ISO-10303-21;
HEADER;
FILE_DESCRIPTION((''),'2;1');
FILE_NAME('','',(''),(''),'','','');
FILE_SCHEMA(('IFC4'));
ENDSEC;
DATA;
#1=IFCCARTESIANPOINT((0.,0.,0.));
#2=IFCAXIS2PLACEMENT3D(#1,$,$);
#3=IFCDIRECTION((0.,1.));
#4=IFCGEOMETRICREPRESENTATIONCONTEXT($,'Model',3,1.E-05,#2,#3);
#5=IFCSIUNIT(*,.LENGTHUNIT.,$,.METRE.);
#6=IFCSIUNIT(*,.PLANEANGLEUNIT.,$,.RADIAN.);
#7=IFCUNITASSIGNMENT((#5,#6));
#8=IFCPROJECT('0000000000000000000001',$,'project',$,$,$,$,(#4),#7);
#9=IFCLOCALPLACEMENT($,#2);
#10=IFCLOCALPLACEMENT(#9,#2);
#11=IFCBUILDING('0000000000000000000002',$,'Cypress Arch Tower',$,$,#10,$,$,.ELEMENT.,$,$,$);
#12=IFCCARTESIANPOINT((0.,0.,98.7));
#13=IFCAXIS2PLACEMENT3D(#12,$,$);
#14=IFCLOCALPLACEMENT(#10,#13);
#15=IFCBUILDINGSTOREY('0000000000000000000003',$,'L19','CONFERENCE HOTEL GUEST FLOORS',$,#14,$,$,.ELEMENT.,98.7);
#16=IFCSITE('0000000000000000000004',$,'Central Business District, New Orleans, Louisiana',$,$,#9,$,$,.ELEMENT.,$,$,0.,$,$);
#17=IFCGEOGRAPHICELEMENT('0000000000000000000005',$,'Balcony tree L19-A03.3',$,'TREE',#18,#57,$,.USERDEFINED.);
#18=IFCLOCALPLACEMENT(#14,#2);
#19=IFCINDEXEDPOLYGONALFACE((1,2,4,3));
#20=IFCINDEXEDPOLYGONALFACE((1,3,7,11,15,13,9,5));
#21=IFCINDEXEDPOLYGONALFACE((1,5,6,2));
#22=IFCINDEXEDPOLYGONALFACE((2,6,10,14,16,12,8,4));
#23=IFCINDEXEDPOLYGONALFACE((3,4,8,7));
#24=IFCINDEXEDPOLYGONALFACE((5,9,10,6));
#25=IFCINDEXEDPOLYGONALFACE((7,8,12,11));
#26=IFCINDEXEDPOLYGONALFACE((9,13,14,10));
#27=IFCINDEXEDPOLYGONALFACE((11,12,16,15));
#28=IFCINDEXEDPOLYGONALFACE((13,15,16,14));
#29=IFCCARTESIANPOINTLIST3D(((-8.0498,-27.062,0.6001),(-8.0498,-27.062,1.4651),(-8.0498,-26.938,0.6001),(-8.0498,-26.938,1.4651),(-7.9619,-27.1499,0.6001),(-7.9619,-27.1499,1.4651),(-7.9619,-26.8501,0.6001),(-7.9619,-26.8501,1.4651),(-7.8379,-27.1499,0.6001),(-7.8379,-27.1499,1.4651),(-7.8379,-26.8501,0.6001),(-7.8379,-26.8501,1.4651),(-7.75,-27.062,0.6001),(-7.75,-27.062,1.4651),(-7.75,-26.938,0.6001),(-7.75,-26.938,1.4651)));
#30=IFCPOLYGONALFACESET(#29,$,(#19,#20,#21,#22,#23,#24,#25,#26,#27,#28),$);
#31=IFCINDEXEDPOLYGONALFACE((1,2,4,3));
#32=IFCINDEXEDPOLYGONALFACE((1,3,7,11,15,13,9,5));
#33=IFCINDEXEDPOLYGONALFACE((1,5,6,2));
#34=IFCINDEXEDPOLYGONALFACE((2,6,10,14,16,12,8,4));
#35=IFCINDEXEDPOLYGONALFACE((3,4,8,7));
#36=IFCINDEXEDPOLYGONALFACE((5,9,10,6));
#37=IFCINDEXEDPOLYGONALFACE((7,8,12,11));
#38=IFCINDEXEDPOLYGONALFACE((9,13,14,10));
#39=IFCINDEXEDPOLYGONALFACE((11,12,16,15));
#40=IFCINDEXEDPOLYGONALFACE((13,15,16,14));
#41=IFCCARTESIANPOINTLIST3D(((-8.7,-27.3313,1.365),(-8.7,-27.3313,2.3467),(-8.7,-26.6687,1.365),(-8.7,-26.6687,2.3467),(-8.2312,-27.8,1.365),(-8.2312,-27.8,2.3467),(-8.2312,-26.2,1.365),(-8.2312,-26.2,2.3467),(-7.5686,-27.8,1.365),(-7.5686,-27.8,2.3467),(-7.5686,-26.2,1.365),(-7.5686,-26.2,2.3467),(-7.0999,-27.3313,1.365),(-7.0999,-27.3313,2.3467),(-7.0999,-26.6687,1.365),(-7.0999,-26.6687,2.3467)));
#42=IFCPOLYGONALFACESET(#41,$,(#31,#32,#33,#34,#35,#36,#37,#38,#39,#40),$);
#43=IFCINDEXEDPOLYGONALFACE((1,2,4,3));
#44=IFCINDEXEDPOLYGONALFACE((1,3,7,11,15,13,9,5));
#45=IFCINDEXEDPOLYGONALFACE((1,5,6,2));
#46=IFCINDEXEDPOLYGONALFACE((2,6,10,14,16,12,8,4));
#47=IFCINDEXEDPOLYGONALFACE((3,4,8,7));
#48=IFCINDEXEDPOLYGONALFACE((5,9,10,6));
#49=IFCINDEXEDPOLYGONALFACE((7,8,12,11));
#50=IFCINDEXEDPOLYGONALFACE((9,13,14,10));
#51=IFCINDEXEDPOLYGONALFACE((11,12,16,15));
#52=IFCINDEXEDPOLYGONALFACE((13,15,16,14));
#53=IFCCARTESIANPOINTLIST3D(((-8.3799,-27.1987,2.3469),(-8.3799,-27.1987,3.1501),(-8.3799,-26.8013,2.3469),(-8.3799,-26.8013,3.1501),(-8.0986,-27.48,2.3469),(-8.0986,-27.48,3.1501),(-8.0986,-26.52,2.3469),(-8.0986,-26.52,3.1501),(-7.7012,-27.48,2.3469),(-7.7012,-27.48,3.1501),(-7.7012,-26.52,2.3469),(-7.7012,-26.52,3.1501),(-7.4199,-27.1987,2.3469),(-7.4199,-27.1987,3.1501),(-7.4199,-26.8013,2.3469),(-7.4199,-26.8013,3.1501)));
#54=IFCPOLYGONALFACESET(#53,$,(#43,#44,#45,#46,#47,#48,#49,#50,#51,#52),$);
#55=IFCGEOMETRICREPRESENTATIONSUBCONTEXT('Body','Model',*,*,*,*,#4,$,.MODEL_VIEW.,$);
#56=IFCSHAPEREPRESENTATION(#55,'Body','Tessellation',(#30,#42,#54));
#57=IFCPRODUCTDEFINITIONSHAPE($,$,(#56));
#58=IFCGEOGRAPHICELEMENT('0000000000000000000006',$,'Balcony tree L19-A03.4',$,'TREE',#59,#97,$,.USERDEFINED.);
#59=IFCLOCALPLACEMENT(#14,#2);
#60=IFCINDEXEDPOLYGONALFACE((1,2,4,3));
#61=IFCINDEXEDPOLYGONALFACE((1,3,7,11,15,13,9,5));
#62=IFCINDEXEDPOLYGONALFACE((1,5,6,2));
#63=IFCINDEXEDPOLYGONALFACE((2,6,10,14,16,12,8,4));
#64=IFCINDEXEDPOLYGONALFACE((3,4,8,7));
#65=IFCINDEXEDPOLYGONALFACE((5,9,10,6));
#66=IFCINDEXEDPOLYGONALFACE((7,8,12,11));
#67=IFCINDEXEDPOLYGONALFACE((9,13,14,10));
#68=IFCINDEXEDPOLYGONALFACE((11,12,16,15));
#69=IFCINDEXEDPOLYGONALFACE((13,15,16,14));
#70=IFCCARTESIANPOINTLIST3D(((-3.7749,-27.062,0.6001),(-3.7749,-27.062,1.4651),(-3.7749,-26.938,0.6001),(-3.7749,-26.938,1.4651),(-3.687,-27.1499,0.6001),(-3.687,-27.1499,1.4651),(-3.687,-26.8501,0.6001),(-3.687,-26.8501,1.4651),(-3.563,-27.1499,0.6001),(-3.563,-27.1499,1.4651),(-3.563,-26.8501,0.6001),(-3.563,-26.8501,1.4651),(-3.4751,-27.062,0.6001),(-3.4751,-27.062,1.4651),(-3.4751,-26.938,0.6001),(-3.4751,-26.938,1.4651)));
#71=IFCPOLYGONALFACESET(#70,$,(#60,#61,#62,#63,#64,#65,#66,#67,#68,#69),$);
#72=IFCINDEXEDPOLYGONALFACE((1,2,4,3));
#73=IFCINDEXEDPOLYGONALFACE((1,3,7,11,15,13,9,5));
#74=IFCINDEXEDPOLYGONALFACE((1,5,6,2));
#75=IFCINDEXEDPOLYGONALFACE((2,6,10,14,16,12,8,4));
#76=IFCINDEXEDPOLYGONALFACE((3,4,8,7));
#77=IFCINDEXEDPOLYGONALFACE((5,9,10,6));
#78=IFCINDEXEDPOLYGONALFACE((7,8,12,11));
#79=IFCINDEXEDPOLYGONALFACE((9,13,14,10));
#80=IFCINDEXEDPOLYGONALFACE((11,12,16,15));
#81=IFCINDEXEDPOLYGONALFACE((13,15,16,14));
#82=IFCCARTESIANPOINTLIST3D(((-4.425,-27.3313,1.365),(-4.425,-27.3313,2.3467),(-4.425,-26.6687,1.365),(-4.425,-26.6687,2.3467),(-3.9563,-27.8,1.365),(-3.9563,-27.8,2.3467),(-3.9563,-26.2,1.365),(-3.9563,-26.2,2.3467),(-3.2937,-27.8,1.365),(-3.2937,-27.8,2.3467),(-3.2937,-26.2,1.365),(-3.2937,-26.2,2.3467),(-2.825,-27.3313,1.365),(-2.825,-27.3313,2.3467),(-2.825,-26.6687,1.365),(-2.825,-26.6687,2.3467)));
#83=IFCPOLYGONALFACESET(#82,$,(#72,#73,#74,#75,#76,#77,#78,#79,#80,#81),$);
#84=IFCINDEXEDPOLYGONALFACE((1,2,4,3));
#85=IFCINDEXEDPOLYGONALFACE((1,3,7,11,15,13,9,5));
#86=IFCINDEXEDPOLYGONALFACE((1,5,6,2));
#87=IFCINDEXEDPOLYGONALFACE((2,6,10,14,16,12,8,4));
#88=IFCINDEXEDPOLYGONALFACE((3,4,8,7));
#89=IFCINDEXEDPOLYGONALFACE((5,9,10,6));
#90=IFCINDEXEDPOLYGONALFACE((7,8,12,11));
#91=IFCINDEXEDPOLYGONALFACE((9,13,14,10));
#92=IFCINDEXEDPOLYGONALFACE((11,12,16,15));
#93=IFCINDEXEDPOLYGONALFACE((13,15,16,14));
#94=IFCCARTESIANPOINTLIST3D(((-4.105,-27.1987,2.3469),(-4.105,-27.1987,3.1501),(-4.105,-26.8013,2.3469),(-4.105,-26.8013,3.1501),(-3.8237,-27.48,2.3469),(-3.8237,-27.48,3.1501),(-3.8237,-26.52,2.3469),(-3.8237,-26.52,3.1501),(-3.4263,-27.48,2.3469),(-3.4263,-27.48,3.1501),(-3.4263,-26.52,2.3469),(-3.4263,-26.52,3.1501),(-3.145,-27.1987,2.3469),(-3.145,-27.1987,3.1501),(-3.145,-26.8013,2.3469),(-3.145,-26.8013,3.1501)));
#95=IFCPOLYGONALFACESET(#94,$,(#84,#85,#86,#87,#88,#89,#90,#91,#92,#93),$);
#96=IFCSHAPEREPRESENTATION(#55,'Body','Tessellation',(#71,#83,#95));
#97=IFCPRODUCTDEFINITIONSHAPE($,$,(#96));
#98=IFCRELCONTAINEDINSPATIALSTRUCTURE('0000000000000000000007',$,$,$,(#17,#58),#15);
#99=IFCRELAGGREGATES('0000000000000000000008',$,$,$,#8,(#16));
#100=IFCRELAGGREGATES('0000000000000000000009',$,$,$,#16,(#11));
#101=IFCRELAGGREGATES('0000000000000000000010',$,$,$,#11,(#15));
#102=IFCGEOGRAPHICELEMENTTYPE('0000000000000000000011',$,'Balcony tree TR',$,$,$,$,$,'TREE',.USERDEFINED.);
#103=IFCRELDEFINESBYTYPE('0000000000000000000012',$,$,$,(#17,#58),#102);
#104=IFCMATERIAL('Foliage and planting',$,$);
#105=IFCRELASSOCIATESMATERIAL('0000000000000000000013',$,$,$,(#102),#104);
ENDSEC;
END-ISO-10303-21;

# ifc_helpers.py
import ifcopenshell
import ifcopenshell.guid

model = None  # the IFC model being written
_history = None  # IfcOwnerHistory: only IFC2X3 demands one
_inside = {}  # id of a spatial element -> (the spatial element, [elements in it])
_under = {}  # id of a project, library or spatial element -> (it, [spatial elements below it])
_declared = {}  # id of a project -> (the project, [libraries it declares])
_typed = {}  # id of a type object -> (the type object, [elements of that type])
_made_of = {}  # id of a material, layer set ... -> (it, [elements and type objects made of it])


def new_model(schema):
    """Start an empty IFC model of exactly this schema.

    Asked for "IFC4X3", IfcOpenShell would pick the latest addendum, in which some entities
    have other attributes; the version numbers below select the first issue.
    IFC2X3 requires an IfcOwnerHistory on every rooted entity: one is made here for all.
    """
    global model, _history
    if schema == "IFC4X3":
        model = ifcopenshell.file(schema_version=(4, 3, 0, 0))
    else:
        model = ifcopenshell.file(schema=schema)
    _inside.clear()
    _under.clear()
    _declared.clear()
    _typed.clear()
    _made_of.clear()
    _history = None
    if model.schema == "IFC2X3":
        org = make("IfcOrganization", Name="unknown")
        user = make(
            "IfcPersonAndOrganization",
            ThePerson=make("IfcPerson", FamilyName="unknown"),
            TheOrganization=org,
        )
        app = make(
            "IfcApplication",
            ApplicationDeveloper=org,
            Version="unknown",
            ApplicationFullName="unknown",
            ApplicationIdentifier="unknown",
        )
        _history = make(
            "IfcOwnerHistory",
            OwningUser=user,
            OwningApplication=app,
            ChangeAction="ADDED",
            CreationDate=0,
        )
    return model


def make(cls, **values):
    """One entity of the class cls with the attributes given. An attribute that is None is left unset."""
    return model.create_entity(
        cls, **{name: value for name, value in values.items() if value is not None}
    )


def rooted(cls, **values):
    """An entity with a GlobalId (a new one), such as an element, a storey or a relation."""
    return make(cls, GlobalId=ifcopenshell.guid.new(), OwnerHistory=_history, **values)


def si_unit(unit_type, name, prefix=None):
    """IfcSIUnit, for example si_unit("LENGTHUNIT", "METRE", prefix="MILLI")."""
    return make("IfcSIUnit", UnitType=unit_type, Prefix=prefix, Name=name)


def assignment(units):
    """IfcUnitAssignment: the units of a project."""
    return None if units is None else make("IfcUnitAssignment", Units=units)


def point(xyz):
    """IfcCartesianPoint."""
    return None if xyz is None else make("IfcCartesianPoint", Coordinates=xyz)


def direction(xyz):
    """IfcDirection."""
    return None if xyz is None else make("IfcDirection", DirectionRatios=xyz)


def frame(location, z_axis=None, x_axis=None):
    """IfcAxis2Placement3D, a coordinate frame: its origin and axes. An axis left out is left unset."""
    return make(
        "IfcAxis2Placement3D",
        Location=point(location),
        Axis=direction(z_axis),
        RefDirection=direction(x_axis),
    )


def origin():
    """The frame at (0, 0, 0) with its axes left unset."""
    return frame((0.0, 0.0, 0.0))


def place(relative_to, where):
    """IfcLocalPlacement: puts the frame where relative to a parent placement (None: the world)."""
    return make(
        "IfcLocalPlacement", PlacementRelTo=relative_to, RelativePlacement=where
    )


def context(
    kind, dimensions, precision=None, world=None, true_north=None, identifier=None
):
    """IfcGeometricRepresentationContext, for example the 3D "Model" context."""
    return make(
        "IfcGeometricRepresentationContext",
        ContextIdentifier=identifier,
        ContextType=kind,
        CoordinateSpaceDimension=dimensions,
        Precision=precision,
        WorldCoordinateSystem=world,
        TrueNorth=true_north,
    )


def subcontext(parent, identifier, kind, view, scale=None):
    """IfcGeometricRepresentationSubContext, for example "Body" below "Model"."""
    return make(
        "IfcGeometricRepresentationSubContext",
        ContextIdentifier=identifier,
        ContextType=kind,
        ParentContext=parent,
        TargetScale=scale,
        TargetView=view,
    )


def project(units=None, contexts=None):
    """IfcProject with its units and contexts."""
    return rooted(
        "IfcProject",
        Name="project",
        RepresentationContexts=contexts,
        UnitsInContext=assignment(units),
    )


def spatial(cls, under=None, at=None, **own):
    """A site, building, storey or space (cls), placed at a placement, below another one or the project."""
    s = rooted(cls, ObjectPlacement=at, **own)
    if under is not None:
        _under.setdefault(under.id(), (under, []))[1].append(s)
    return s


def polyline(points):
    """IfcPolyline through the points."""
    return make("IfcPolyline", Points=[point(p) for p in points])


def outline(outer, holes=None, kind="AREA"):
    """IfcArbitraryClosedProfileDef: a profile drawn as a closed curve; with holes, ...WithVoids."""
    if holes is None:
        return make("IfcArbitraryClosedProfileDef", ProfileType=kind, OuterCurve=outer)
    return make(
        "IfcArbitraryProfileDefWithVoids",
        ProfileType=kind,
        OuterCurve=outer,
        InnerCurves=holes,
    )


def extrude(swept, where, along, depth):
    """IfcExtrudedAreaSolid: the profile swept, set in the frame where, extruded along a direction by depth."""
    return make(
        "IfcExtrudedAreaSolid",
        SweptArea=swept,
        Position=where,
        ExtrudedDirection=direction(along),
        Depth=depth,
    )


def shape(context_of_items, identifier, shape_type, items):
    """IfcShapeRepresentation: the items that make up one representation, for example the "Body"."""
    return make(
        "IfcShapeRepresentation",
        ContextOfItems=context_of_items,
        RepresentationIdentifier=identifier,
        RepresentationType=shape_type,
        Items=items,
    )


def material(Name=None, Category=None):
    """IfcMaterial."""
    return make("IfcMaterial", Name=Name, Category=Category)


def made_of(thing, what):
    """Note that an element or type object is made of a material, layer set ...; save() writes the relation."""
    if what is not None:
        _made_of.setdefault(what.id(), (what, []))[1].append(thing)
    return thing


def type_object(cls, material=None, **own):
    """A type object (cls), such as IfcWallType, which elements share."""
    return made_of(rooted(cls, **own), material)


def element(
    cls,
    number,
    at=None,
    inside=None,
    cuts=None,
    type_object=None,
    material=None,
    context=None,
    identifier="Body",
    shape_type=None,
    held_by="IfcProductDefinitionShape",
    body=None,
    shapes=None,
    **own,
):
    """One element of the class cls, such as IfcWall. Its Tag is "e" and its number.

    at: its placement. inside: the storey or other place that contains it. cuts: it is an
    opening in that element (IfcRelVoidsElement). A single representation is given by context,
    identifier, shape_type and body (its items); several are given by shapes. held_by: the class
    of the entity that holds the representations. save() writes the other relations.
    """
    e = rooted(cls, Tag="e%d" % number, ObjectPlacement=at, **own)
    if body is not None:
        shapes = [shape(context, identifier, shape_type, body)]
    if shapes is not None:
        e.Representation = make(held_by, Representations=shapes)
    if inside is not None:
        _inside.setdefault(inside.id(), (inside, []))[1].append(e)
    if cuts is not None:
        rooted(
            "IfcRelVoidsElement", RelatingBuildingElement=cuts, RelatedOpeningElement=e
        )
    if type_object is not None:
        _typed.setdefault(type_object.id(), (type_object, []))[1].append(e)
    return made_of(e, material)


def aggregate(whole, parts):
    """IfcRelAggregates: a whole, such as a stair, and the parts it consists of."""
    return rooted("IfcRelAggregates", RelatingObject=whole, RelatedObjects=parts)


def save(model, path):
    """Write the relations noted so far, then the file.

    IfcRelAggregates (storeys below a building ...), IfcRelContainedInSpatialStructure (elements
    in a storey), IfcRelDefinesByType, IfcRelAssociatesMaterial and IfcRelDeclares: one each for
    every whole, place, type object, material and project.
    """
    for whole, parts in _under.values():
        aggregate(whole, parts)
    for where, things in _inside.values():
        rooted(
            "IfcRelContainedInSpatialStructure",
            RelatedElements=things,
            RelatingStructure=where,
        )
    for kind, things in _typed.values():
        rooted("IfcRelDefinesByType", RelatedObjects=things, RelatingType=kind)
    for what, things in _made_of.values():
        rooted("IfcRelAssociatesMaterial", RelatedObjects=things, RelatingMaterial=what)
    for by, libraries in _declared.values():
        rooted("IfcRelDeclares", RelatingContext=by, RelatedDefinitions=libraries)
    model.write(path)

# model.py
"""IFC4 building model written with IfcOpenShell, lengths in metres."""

from ifc_helpers import new_model, si_unit, direction, frame, origin, place, context, subcontext, project, spatial, polyline, outline, extrude, material, type_object, element, save


model = new_model("IFC4")

# Units and contexts
model_context = context("Model", 3, precision=1e-05, world=origin(), true_north=direction((0.0, 1.0)))
body_context = subcontext(model_context, "Body", "Model", "MODEL_VIEW")
ifc_project = project(units=[si_unit("LENGTHUNIT", "METRE"), si_unit("PLANEANGLEUNIT", "RADIAN")], contexts=[model_context])

# Site, building, storey
site_placement = place(None, origin())
site = spatial("IfcSite", under=ifc_project, at=site_placement, Name="Central Business District, New Orleans, Louisiana", CompositionType="ELEMENT", RefElevation=0.0)
building_placement = place(site_placement, origin())
building = spatial("IfcBuilding", under=site, at=building_placement, Name="Cypress Arch Tower", CompositionType="ELEMENT")
storey_placement = place(building_placement, frame((0.0, 0.0, 98.7)))
storey = spatial("IfcBuildingStorey", under=building, at=storey_placement, Name="L19", Description="CONFERENCE HOTEL GUEST FLOORS", CompositionType="ELEMENT", Elevation=98.7)

# Geographic elements
ifc_material_1 = material(Name="Foliage and planting")
geographic_element_type = type_object("IfcGeographicElementType", Name="Balcony tree TR", ElementType="TREE", PredefinedType="USERDEFINED", material=ifc_material_1)
for number, where, z_axis, x_axis, name in (
    (1, (-7.8999, -27.0, 0.6001), (0.0, 0.0, 1.0), (1.0, 0.0, 0.0), "Balcony tree L19-A03.3"),
    (2, (-3.625, -27.0, 0.6001), (0.0, 0.0, 1.0), (1.0, 0.0, 0.0), "Balcony tree L19-A03.4"),
):
    element("IfcGeographicElement", number, at=place(storey_placement, frame(where, z_axis=z_axis, x_axis=x_axis)), inside=storey, type_object=geographic_element_type, Name=name, ObjectType="TREE", PredefinedType="USERDEFINED", context=body_context, shape_type="SweptSolid", body=[
        extrude(outline(polyline([(0.1499, 0.062), (0.062, 0.1499), (-0.062, 0.1499), (-0.1499, 0.062), (-0.1499, -0.062), (-0.062, -0.1499), (0.062, -0.1499), (0.1499, -0.062), (0.1499, 0.062)])), origin(), (0.0, 0.0, 1.0), 0.865),
        extrude(outline(polyline([(0.8, 0.3313), (0.3313, 0.8), (-0.3313, 0.8), (-0.8, 0.3313), (-0.8, -0.3313), (-0.3313, -0.8), (0.3313, -0.8), (0.8, -0.3313), (0.8, 0.3313)])), frame((0.0, 0.0, 0.7649)), (0.0, 0.0, 1.0), 0.9817),
        extrude(outline(polyline([(0.48, 0.1987), (0.1987, 0.48), (-0.1987, 0.48), (-0.48, 0.1987), (-0.48, -0.1987), (-0.1987, -0.48), (0.1987, -0.48), (0.48, -0.1987), (0.48, 0.1987)])), frame((0.0, 0.0, 1.7468)), (0.0, 0.0, 1.0), 0.8032),
    ])

save(model, "model.ifc")
